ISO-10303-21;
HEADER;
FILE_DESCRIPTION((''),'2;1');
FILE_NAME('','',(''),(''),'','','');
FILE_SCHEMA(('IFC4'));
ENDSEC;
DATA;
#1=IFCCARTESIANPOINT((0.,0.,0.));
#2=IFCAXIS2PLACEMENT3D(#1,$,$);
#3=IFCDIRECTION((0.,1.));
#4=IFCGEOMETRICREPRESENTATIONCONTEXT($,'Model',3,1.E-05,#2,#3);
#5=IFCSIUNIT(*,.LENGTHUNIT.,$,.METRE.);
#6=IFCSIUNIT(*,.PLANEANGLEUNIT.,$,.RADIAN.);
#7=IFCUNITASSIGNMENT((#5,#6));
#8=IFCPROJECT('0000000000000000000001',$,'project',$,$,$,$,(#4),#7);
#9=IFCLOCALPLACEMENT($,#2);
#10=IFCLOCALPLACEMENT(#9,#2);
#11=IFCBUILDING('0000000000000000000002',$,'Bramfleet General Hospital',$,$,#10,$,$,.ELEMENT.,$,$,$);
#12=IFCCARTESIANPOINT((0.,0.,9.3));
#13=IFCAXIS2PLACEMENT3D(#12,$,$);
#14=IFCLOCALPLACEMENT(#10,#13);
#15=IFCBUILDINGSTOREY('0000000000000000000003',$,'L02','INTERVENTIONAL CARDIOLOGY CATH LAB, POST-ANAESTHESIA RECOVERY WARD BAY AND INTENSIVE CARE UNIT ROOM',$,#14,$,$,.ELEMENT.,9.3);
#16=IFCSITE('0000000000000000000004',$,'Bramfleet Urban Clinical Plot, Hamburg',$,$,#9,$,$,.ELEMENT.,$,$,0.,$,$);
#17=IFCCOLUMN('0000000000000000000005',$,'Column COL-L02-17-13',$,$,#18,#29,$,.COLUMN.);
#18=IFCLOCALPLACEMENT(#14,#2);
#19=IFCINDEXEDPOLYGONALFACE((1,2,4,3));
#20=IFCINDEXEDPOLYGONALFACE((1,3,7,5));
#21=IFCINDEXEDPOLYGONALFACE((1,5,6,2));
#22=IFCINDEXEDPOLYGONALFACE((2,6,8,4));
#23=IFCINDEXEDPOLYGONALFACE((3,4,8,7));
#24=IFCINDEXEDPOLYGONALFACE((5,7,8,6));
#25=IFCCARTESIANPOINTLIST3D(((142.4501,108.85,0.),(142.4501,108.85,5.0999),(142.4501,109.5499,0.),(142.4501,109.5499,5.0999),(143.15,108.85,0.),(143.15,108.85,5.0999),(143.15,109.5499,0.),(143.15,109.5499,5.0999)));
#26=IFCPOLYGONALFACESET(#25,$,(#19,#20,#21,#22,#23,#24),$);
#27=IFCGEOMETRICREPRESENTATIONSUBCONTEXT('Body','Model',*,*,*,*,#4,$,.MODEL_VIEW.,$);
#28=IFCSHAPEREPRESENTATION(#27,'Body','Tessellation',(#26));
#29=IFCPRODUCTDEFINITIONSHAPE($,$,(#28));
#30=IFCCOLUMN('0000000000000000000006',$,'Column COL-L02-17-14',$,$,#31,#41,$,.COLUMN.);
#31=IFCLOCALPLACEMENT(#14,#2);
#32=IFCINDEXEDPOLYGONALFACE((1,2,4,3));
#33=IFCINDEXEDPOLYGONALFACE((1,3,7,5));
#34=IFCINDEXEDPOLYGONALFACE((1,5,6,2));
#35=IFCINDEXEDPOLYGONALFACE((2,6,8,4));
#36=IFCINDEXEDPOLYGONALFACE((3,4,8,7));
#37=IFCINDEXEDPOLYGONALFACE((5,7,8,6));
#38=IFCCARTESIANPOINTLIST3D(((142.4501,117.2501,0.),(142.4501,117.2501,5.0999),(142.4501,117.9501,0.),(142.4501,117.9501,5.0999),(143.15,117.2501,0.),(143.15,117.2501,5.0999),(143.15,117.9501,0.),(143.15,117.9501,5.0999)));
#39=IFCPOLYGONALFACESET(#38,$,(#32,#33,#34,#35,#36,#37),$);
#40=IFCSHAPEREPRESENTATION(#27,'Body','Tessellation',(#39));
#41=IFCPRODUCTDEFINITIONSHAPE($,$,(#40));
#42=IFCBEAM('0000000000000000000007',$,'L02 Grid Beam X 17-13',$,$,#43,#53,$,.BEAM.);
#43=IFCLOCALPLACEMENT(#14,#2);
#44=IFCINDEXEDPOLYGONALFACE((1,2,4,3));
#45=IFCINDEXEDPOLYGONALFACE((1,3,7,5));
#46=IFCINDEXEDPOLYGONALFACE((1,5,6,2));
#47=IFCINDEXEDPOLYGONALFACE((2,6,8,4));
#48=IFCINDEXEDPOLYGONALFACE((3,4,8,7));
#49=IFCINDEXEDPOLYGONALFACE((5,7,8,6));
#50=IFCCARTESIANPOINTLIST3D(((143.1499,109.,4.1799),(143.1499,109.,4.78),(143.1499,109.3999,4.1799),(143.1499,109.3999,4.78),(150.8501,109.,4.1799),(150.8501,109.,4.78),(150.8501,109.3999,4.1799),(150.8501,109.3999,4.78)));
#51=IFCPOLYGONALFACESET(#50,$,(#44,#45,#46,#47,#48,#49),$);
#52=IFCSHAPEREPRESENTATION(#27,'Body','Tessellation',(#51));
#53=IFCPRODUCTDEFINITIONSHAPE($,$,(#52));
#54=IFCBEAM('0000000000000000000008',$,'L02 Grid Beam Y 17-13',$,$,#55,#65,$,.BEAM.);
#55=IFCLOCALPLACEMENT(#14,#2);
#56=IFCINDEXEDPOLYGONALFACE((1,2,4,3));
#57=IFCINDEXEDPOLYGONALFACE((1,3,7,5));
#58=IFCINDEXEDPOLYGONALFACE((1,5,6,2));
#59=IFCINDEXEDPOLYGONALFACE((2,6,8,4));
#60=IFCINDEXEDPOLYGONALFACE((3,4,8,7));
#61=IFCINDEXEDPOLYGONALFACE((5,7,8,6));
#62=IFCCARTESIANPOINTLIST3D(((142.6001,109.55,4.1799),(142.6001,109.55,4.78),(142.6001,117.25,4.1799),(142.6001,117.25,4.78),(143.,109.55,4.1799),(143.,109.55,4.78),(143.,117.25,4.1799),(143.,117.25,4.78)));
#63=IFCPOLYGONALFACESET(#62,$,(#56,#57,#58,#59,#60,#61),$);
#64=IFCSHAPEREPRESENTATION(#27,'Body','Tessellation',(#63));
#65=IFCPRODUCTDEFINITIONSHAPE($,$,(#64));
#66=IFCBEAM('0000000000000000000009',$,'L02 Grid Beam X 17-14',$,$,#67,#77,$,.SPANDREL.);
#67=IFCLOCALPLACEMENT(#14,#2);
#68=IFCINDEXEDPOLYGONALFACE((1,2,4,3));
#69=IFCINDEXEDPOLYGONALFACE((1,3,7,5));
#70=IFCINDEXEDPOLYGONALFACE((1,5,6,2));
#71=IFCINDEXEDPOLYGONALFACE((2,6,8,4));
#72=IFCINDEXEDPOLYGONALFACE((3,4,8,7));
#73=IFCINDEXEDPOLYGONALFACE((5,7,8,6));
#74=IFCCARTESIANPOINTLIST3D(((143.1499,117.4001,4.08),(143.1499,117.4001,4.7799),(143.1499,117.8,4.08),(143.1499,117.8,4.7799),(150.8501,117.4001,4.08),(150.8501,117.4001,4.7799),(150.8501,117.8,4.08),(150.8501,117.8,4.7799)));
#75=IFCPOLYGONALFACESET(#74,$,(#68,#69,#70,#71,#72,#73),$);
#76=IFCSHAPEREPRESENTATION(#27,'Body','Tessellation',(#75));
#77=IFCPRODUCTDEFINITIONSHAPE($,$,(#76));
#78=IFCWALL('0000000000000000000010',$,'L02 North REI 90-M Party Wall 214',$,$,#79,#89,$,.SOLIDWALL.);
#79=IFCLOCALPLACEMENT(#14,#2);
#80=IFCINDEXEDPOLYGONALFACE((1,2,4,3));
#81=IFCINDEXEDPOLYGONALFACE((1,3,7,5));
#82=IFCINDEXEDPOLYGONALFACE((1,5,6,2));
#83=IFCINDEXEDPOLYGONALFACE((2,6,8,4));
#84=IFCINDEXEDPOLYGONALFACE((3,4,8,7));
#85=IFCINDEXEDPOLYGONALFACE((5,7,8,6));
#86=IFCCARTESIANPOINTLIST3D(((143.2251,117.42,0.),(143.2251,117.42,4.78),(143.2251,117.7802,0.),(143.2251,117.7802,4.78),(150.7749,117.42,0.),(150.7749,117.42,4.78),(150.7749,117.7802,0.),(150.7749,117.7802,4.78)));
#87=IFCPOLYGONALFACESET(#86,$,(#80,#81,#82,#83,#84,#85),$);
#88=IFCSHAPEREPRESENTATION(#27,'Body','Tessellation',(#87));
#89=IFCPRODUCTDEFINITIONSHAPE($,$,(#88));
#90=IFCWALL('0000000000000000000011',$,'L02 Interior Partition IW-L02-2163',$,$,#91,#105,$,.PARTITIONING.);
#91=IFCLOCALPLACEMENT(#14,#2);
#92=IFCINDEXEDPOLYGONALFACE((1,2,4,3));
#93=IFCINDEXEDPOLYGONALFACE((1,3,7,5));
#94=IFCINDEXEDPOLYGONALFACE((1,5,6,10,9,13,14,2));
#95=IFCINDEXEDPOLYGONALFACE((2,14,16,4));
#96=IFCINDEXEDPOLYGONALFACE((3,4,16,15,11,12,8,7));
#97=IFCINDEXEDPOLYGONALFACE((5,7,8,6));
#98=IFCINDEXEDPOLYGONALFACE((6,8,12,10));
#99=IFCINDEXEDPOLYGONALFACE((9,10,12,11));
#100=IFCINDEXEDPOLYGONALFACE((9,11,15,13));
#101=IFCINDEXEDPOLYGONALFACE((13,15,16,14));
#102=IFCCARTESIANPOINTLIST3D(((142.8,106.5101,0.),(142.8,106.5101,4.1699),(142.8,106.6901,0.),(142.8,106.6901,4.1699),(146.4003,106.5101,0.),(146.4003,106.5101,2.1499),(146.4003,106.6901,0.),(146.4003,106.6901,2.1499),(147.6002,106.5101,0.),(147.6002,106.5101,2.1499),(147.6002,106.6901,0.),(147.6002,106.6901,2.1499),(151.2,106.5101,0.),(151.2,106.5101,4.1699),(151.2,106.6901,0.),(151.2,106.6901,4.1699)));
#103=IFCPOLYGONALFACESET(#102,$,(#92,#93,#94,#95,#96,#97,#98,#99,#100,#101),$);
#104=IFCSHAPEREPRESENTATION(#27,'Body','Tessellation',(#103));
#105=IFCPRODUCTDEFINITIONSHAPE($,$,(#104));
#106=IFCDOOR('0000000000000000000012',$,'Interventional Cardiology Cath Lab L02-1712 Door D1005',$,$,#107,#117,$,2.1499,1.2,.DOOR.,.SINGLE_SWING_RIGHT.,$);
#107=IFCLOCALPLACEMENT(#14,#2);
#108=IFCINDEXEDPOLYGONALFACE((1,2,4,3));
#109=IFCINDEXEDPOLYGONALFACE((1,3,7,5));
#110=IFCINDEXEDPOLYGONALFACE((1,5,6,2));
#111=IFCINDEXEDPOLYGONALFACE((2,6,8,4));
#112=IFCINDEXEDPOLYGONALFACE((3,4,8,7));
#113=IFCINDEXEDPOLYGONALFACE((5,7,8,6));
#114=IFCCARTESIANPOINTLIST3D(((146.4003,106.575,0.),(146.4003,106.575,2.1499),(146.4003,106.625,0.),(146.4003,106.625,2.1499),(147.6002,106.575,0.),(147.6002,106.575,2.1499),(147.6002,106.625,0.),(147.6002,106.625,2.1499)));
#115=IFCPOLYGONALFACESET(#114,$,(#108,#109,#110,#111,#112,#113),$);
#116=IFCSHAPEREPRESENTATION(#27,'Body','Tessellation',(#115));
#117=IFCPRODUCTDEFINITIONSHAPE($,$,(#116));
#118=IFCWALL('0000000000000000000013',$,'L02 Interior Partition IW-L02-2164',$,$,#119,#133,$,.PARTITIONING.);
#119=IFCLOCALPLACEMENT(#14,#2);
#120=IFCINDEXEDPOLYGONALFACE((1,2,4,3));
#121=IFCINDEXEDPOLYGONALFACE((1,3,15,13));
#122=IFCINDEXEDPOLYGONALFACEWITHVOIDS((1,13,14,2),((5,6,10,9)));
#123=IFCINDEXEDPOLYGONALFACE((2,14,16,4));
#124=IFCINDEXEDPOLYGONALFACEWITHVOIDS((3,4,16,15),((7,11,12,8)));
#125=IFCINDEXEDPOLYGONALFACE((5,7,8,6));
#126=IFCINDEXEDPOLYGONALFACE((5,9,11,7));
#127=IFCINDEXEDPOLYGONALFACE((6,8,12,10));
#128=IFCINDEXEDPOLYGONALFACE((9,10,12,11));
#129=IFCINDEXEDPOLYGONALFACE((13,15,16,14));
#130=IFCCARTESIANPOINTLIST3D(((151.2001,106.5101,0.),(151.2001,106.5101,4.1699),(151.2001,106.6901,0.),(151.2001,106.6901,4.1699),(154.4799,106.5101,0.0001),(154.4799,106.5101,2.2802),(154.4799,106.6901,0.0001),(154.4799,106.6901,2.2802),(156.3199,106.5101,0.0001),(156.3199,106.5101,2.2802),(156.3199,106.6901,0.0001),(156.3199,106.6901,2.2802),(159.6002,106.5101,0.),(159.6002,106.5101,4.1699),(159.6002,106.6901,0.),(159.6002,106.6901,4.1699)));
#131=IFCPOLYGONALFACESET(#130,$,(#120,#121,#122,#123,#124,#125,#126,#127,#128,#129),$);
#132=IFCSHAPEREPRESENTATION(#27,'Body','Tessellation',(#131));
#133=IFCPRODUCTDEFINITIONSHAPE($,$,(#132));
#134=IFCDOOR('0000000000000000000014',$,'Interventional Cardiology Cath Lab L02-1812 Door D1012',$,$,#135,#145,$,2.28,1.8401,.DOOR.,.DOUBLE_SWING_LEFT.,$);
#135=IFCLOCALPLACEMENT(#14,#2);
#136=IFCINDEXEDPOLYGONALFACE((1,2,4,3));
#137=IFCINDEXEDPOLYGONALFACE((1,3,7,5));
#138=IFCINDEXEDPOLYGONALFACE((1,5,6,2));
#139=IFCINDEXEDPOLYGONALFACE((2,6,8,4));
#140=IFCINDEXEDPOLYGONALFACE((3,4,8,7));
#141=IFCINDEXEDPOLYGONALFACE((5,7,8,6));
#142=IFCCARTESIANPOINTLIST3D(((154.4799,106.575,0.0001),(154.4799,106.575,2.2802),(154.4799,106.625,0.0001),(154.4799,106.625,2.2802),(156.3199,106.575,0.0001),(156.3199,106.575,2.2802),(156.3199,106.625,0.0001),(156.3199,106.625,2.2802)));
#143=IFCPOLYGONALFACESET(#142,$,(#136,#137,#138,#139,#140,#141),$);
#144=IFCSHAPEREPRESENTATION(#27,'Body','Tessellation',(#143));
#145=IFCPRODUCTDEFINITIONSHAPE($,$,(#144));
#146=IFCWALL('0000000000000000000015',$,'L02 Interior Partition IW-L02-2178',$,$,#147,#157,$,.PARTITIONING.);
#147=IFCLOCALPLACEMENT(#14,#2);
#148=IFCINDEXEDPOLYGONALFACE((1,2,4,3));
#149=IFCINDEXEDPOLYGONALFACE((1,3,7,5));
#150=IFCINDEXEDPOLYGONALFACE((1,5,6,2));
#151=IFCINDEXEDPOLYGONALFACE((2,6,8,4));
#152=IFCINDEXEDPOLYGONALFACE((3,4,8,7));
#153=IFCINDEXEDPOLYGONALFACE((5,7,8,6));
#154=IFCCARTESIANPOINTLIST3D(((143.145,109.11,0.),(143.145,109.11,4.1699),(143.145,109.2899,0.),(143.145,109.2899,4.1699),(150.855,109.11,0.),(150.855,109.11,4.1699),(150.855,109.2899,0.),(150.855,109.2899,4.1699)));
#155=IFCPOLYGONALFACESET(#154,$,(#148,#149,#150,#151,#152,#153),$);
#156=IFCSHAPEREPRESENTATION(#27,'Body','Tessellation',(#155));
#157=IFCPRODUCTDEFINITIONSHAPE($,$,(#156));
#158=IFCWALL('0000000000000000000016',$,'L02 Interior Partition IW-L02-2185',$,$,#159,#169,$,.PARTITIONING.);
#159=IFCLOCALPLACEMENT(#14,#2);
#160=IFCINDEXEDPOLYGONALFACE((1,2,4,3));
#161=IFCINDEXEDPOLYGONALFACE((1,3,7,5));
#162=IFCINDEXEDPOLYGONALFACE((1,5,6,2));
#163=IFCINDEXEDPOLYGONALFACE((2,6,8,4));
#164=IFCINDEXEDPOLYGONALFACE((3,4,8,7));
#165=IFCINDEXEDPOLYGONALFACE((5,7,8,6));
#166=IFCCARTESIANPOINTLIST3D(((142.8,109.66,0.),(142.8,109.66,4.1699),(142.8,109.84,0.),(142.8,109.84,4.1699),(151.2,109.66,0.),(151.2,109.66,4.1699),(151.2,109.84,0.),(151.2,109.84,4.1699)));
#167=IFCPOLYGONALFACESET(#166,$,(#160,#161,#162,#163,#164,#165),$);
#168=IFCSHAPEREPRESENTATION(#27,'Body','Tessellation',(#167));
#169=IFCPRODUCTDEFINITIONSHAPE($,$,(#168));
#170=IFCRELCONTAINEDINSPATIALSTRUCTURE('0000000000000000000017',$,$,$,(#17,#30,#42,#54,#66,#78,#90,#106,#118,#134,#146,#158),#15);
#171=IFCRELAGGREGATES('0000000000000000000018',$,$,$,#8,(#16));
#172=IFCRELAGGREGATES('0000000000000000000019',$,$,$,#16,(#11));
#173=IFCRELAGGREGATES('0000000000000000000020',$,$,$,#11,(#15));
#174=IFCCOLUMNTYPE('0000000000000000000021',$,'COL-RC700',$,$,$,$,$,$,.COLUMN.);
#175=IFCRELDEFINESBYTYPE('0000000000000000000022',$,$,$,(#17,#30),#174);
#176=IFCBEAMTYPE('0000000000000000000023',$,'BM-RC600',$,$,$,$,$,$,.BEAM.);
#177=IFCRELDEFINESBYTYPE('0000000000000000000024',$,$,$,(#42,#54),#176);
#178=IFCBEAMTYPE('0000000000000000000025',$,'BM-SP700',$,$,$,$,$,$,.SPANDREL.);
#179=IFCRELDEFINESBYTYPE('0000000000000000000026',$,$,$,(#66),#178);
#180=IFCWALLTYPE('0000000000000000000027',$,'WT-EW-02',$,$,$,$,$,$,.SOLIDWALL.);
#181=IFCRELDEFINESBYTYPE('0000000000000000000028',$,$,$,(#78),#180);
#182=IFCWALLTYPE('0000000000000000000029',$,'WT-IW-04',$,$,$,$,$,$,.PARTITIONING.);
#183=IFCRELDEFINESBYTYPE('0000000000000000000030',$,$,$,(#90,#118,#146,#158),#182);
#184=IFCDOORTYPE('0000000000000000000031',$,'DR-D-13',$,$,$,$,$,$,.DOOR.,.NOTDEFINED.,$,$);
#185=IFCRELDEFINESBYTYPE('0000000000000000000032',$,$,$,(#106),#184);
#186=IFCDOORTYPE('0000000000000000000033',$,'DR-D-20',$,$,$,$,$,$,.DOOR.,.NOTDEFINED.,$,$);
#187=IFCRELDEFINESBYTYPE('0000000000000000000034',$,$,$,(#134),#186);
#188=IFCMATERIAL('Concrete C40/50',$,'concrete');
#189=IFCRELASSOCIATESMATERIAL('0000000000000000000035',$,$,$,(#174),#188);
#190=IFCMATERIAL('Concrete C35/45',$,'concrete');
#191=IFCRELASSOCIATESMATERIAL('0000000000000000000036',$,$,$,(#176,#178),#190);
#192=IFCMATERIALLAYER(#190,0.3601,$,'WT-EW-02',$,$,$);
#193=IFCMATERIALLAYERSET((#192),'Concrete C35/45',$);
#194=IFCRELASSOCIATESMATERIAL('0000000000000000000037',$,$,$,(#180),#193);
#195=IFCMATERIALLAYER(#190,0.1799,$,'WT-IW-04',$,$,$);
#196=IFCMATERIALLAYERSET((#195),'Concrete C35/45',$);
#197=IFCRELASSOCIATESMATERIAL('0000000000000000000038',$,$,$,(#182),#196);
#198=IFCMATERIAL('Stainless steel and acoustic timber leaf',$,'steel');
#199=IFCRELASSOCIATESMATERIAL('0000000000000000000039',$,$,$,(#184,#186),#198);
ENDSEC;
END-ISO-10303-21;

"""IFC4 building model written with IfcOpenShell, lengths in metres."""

from ifc_helpers import new_model, si_unit, direction, frame, frame_2d, origin, origin_2d, place, context, subcontext, project, spatial, rectangle, extrude, material, layer, layer_set, material_profile, profile_set, type_object, element, fill, save


model = new_model("IFC4")

# Units and contexts
model_context = context("Model", 3, precision=1e-05, world=origin(), true_north=direction((0.0, 1.0)))
body_context = subcontext(model_context, "Body", "Model", "MODEL_VIEW")
ifc_project = project(units=[si_unit("LENGTHUNIT", "METRE"), si_unit("PLANEANGLEUNIT", "RADIAN")], contexts=[model_context])

# Site, building, storey
site_placement = place(None, origin())
site = spatial("IfcSite", under=ifc_project, at=site_placement, Name="Bramfleet Urban Clinical Plot, Hamburg", CompositionType="ELEMENT", RefElevation=0.0)
building_placement = place(site_placement, origin())
building = spatial("IfcBuilding", under=site, at=building_placement, Name="Bramfleet General Hospital", CompositionType="ELEMENT")
storey_placement = place(building_placement, frame((0.0, 0.0, 9.3)))
storey = spatial("IfcBuildingStorey", under=building, at=storey_placement, Name="L02", Description="INTERVENTIONAL CARDIOLOGY CATH LAB, POST-ANAESTHESIA RECOVERY WARD BAY AND INTENSIVE CARE UNIT ROOM", CompositionType="ELEMENT", Elevation=9.3)

# Columns
ifc_material_1 = material(Name="Concrete C40/50", Category="concrete")
ifc_material_profile_1 = material_profile(ifc_material_1, rectangle(XDim=0.7, YDim=0.7, at=origin_2d()), Name="RC COL 700x700")
ifc_profile_set_1 = profile_set([ifc_material_profile_1], Name="Concrete C40/50")
column_type = type_object("IfcColumnType", Name="COL-RC700", PredefinedType="COLUMN", material=ifc_profile_set_1)
for number, where, z_axis, x_axis, name in (
    (1, (142.8, 109.2, 0.0), (0.0, 0.0, 1.0), (1.0, 0.0, 0.0), "Column COL-L02-17-13"),
    (2, (142.8, 117.6001, 0.0), (0.0, 0.0, 1.0), (1.0, 0.0, 0.0), "Column COL-L02-17-14"),
):
    element("IfcColumn", number, at=place(storey_placement, frame(where, z_axis=z_axis, x_axis=x_axis)), inside=storey, type_object=column_type, Name=name, PredefinedType="COLUMN", context=body_context, shape_type="SweptSolid", body=[
        extrude(rectangle(XDim=0.7, YDim=0.7, at=origin_2d()), origin(), (0.0, 0.0, 1.0), 5.0999),
    ])

# Beams
ifc_material_2 = material(Name="Concrete C35/45", Category="concrete")
ifc_material_profile_2 = material_profile(ifc_material_2, rectangle(XDim=0.3999, YDim=0.6001, at=origin_2d()), Name="RC BM 600x400")
ifc_profile_set_2 = profile_set([ifc_material_profile_2], Name="Concrete C35/45")
beam_type_1 = type_object("IfcBeamType", Name="BM-RC600", PredefinedType="BEAM", material=ifc_profile_set_2)
beam_1_placement = place(storey_placement, frame((143.1499, 109.2, 4.48), z_axis=(1.0, 0.0, 0.0), x_axis=(0.0, 1.0, 0.0)))
element("IfcBeam", 3, at=beam_1_placement, inside=storey, type_object=beam_type_1, Name="L02 Grid Beam X 17-13", PredefinedType="BEAM", context=body_context, shape_type="SweptSolid", body=[
    extrude(rectangle(XDim=0.3999, YDim=0.6001, at=origin_2d()), origin(), (0.0, 0.0, 1.0), 7.7002),
])
beam_2_placement = place(storey_placement, frame((142.8, 109.55, 4.48), z_axis=(0.0, 1.0, 0.0), x_axis=(-1.0, 0.0, 0.0)))
element("IfcBeam", 4, at=beam_2_placement, inside=storey, type_object=beam_type_1, Name="L02 Grid Beam Y 17-13", PredefinedType="BEAM", context=body_context, shape_type="SweptSolid", body=[
    extrude(rectangle(XDim=0.3999, YDim=0.6001, at=origin_2d()), origin(), (0.0, 0.0, 1.0), 7.7),
])
ifc_material_profile_3 = material_profile(ifc_material_2, rectangle(XDim=0.3999, YDim=0.7, at=origin_2d()), Name="RC SP 700x400")
ifc_profile_set_3 = profile_set([ifc_material_profile_3], Name="Concrete C35/45")
beam_type_2 = type_object("IfcBeamType", Name="BM-SP700", PredefinedType="SPANDREL", material=ifc_profile_set_3)
beam_3_placement = place(storey_placement, frame((143.1499, 117.6001, 4.4299), z_axis=(1.0, 0.0, 0.0), x_axis=(0.0, 1.0, 0.0)))
element("IfcBeam", 5, at=beam_3_placement, inside=storey, type_object=beam_type_2, Name="L02 Grid Beam X 17-14", PredefinedType="SPANDREL", context=body_context, shape_type="SweptSolid", body=[
    extrude(rectangle(XDim=0.3999, YDim=0.7, at=origin_2d()), origin(), (0.0, 0.0, 1.0), 7.7002),
])

# Wall
ifc_layer_1 = layer(ifc_material_2, 0.3601, Name="WT-EW-02")
ifc_layer_set_1 = layer_set([ifc_layer_1], Name="Concrete C35/45")
wall_type_1 = type_object("IfcWallType", Name="WT-EW-02", PredefinedType="SOLIDWALL", material=ifc_layer_set_1)
wall_1_placement = place(storey_placement, frame((143.2251, 117.6001, 0.0), z_axis=(0.0, 0.0, 1.0), x_axis=(1.0, 0.0, 0.0)))
element("IfcWall", 6, at=wall_1_placement, inside=storey, type_object=wall_type_1, Name="L02 North REI 90-M Party Wall 214", PredefinedType="SOLIDWALL", context=body_context, shape_type="SweptSolid", body=[
    extrude(rectangle(XDim=7.5498, YDim=0.3601, at=frame_2d((3.7749, 0.0))), origin(), (0.0, 0.0, 1.0), 4.78),
])

# Walls, openings, doors
ifc_layer_2 = layer(ifc_material_2, 0.1799, Name="WT-IW-04")
ifc_layer_set_2 = layer_set([ifc_layer_2], Name="Concrete C35/45")
wall_type_2 = type_object("IfcWallType", Name="WT-IW-04", PredefinedType="PARTITIONING", material=ifc_layer_set_2)
wall_2_placement = place(storey_placement, frame((142.8, 106.6001, 0.0), z_axis=(0.0, 0.0, 1.0), x_axis=(1.0, 0.0, 0.0)))
wall_2 = element("IfcWall", 7, at=wall_2_placement, inside=storey, type_object=wall_type_2, Name="L02 Interior Partition IW-L02-2163", PredefinedType="PARTITIONING", context=body_context, shape_type="SweptSolid", body=[
    extrude(rectangle(XDim=8.3999, YDim=0.1799, at=frame_2d((4.2, 0.0))), origin(), (0.0, 0.0, 1.0), 4.1699),
])
opening_1_placement = place(wall_2_placement, frame((3.6001, 0.0, 0.0)))
opening_1 = element("IfcOpeningElement", 8, at=opening_1_placement, cuts=wall_2, PredefinedType="OPENING", context=body_context, shape_type="SweptSolid", body=[
    extrude(rectangle(XDim=1.2, YDim=2.1499, at=frame_2d((0.6001, 1.075))), frame((0.0, 0.0999, 0.0), z_axis=(0.0, -1.0, 0.0), x_axis=(1.0, 0.0, 0.0)), (0.0, 0.0, 1.0), 0.2),
])
ifc_material_3 = material(Name="Stainless steel and acoustic timber leaf", Category="steel")
door_type_1 = type_object("IfcDoorType", Name="DR-D-13", OperationType="NOTDEFINED", PredefinedType="DOOR", material=ifc_material_3)
door_1_placement = place(opening_1_placement, origin())
door_1 = element("IfcDoor", 9, at=door_1_placement, inside=storey, type_object=door_type_1, Name="Interventional Cardiology Cath Lab L02-1712 Door D1005", OperationType="SINGLE_SWING_RIGHT", OverallHeight=2.1499, OverallWidth=1.2, PredefinedType="DOOR", context=body_context, shape_type="SweptSolid", body=[
    extrude(rectangle(XDim=1.2, YDim=2.1499, at=frame_2d((0.6001, 1.075))), frame((0.0, 0.0249, 0.0), z_axis=(0.0, -1.0, 0.0), x_axis=(1.0, 0.0, 0.0)), (0.0, 0.0, 1.0), 0.05),
])
fill(opening_1, door_1)
wall_3_placement = place(storey_placement, frame((151.2, 106.6001, 0.0), z_axis=(0.0, 0.0, 1.0), x_axis=(1.0, 0.0, 0.0)))
wall_3 = element("IfcWall", 10, at=wall_3_placement, inside=storey, type_object=wall_type_2, Name="L02 Interior Partition IW-L02-2164", PredefinedType="PARTITIONING", context=body_context, shape_type="SweptSolid", body=[
    extrude(rectangle(XDim=8.4001, YDim=0.1799, at=frame_2d((4.2002, 0.0))), origin(), (0.0, 0.0, 1.0), 4.1699),
])
opening_2_placement = place(wall_3_placement, frame((3.28, 0.0, 0.0)))
opening_2 = element("IfcOpeningElement", 11, at=opening_2_placement, cuts=wall_3, PredefinedType="OPENING", context=body_context, shape_type="SweptSolid", body=[
    extrude(rectangle(XDim=1.8401, YDim=2.28, at=frame_2d((0.9199, 1.1401))), frame((0.0, 0.0999, 0.0), z_axis=(0.0, -1.0, 0.0), x_axis=(1.0, 0.0, 0.0)), (0.0, 0.0, 1.0), 0.2),
])
door_type_2 = type_object("IfcDoorType", Name="DR-D-20", OperationType="NOTDEFINED", PredefinedType="DOOR", material=ifc_material_3)
door_2_placement = place(opening_2_placement, origin())
door_2 = element("IfcDoor", 12, at=door_2_placement, inside=storey, type_object=door_type_2, Name="Interventional Cardiology Cath Lab L02-1812 Door D1012", OperationType="DOUBLE_SWING_LEFT", OverallHeight=2.28, OverallWidth=1.8401, PredefinedType="DOOR", context=body_context, shape_type="SweptSolid", body=[
    extrude(rectangle(XDim=1.8401, YDim=2.28, at=frame_2d((0.9199, 1.1401))), frame((0.0, 0.0249, 0.0), z_axis=(0.0, -1.0, 0.0), x_axis=(1.0, 0.0, 0.0)), (0.0, 0.0, 1.0), 0.05),
])
fill(opening_2, door_2)

# Walls
wall_4_placement = place(storey_placement, frame((143.145, 109.2, 0.0), z_axis=(0.0, 0.0, 1.0), x_axis=(1.0, 0.0, 0.0)))
element("IfcWall", 13, at=wall_4_placement, inside=storey, type_object=wall_type_2, Name="L02 Interior Partition IW-L02-2178", PredefinedType="PARTITIONING", context=body_context, shape_type="SweptSolid", body=[
    extrude(rectangle(XDim=7.71, YDim=0.1799, at=frame_2d((3.855, 0.0))), origin(), (0.0, 0.0, 1.0), 4.1699),
])
wall_5_placement = place(storey_placement, frame((142.8, 109.75, 0.0), z_axis=(0.0, 0.0, 1.0), x_axis=(1.0, 0.0, 0.0)))
element("IfcWall", 14, at=wall_5_placement, inside=storey, type_object=wall_type_2, Name="L02 Interior Partition IW-L02-2185", PredefinedType="PARTITIONING", context=body_context, shape_type="SweptSolid", body=[
    extrude(rectangle(XDim=8.3999, YDim=0.1799, at=frame_2d((4.2, 0.0))), origin(), (0.0, 0.0, 1.0), 4.1699),
])

save(model, "model.ifc")
